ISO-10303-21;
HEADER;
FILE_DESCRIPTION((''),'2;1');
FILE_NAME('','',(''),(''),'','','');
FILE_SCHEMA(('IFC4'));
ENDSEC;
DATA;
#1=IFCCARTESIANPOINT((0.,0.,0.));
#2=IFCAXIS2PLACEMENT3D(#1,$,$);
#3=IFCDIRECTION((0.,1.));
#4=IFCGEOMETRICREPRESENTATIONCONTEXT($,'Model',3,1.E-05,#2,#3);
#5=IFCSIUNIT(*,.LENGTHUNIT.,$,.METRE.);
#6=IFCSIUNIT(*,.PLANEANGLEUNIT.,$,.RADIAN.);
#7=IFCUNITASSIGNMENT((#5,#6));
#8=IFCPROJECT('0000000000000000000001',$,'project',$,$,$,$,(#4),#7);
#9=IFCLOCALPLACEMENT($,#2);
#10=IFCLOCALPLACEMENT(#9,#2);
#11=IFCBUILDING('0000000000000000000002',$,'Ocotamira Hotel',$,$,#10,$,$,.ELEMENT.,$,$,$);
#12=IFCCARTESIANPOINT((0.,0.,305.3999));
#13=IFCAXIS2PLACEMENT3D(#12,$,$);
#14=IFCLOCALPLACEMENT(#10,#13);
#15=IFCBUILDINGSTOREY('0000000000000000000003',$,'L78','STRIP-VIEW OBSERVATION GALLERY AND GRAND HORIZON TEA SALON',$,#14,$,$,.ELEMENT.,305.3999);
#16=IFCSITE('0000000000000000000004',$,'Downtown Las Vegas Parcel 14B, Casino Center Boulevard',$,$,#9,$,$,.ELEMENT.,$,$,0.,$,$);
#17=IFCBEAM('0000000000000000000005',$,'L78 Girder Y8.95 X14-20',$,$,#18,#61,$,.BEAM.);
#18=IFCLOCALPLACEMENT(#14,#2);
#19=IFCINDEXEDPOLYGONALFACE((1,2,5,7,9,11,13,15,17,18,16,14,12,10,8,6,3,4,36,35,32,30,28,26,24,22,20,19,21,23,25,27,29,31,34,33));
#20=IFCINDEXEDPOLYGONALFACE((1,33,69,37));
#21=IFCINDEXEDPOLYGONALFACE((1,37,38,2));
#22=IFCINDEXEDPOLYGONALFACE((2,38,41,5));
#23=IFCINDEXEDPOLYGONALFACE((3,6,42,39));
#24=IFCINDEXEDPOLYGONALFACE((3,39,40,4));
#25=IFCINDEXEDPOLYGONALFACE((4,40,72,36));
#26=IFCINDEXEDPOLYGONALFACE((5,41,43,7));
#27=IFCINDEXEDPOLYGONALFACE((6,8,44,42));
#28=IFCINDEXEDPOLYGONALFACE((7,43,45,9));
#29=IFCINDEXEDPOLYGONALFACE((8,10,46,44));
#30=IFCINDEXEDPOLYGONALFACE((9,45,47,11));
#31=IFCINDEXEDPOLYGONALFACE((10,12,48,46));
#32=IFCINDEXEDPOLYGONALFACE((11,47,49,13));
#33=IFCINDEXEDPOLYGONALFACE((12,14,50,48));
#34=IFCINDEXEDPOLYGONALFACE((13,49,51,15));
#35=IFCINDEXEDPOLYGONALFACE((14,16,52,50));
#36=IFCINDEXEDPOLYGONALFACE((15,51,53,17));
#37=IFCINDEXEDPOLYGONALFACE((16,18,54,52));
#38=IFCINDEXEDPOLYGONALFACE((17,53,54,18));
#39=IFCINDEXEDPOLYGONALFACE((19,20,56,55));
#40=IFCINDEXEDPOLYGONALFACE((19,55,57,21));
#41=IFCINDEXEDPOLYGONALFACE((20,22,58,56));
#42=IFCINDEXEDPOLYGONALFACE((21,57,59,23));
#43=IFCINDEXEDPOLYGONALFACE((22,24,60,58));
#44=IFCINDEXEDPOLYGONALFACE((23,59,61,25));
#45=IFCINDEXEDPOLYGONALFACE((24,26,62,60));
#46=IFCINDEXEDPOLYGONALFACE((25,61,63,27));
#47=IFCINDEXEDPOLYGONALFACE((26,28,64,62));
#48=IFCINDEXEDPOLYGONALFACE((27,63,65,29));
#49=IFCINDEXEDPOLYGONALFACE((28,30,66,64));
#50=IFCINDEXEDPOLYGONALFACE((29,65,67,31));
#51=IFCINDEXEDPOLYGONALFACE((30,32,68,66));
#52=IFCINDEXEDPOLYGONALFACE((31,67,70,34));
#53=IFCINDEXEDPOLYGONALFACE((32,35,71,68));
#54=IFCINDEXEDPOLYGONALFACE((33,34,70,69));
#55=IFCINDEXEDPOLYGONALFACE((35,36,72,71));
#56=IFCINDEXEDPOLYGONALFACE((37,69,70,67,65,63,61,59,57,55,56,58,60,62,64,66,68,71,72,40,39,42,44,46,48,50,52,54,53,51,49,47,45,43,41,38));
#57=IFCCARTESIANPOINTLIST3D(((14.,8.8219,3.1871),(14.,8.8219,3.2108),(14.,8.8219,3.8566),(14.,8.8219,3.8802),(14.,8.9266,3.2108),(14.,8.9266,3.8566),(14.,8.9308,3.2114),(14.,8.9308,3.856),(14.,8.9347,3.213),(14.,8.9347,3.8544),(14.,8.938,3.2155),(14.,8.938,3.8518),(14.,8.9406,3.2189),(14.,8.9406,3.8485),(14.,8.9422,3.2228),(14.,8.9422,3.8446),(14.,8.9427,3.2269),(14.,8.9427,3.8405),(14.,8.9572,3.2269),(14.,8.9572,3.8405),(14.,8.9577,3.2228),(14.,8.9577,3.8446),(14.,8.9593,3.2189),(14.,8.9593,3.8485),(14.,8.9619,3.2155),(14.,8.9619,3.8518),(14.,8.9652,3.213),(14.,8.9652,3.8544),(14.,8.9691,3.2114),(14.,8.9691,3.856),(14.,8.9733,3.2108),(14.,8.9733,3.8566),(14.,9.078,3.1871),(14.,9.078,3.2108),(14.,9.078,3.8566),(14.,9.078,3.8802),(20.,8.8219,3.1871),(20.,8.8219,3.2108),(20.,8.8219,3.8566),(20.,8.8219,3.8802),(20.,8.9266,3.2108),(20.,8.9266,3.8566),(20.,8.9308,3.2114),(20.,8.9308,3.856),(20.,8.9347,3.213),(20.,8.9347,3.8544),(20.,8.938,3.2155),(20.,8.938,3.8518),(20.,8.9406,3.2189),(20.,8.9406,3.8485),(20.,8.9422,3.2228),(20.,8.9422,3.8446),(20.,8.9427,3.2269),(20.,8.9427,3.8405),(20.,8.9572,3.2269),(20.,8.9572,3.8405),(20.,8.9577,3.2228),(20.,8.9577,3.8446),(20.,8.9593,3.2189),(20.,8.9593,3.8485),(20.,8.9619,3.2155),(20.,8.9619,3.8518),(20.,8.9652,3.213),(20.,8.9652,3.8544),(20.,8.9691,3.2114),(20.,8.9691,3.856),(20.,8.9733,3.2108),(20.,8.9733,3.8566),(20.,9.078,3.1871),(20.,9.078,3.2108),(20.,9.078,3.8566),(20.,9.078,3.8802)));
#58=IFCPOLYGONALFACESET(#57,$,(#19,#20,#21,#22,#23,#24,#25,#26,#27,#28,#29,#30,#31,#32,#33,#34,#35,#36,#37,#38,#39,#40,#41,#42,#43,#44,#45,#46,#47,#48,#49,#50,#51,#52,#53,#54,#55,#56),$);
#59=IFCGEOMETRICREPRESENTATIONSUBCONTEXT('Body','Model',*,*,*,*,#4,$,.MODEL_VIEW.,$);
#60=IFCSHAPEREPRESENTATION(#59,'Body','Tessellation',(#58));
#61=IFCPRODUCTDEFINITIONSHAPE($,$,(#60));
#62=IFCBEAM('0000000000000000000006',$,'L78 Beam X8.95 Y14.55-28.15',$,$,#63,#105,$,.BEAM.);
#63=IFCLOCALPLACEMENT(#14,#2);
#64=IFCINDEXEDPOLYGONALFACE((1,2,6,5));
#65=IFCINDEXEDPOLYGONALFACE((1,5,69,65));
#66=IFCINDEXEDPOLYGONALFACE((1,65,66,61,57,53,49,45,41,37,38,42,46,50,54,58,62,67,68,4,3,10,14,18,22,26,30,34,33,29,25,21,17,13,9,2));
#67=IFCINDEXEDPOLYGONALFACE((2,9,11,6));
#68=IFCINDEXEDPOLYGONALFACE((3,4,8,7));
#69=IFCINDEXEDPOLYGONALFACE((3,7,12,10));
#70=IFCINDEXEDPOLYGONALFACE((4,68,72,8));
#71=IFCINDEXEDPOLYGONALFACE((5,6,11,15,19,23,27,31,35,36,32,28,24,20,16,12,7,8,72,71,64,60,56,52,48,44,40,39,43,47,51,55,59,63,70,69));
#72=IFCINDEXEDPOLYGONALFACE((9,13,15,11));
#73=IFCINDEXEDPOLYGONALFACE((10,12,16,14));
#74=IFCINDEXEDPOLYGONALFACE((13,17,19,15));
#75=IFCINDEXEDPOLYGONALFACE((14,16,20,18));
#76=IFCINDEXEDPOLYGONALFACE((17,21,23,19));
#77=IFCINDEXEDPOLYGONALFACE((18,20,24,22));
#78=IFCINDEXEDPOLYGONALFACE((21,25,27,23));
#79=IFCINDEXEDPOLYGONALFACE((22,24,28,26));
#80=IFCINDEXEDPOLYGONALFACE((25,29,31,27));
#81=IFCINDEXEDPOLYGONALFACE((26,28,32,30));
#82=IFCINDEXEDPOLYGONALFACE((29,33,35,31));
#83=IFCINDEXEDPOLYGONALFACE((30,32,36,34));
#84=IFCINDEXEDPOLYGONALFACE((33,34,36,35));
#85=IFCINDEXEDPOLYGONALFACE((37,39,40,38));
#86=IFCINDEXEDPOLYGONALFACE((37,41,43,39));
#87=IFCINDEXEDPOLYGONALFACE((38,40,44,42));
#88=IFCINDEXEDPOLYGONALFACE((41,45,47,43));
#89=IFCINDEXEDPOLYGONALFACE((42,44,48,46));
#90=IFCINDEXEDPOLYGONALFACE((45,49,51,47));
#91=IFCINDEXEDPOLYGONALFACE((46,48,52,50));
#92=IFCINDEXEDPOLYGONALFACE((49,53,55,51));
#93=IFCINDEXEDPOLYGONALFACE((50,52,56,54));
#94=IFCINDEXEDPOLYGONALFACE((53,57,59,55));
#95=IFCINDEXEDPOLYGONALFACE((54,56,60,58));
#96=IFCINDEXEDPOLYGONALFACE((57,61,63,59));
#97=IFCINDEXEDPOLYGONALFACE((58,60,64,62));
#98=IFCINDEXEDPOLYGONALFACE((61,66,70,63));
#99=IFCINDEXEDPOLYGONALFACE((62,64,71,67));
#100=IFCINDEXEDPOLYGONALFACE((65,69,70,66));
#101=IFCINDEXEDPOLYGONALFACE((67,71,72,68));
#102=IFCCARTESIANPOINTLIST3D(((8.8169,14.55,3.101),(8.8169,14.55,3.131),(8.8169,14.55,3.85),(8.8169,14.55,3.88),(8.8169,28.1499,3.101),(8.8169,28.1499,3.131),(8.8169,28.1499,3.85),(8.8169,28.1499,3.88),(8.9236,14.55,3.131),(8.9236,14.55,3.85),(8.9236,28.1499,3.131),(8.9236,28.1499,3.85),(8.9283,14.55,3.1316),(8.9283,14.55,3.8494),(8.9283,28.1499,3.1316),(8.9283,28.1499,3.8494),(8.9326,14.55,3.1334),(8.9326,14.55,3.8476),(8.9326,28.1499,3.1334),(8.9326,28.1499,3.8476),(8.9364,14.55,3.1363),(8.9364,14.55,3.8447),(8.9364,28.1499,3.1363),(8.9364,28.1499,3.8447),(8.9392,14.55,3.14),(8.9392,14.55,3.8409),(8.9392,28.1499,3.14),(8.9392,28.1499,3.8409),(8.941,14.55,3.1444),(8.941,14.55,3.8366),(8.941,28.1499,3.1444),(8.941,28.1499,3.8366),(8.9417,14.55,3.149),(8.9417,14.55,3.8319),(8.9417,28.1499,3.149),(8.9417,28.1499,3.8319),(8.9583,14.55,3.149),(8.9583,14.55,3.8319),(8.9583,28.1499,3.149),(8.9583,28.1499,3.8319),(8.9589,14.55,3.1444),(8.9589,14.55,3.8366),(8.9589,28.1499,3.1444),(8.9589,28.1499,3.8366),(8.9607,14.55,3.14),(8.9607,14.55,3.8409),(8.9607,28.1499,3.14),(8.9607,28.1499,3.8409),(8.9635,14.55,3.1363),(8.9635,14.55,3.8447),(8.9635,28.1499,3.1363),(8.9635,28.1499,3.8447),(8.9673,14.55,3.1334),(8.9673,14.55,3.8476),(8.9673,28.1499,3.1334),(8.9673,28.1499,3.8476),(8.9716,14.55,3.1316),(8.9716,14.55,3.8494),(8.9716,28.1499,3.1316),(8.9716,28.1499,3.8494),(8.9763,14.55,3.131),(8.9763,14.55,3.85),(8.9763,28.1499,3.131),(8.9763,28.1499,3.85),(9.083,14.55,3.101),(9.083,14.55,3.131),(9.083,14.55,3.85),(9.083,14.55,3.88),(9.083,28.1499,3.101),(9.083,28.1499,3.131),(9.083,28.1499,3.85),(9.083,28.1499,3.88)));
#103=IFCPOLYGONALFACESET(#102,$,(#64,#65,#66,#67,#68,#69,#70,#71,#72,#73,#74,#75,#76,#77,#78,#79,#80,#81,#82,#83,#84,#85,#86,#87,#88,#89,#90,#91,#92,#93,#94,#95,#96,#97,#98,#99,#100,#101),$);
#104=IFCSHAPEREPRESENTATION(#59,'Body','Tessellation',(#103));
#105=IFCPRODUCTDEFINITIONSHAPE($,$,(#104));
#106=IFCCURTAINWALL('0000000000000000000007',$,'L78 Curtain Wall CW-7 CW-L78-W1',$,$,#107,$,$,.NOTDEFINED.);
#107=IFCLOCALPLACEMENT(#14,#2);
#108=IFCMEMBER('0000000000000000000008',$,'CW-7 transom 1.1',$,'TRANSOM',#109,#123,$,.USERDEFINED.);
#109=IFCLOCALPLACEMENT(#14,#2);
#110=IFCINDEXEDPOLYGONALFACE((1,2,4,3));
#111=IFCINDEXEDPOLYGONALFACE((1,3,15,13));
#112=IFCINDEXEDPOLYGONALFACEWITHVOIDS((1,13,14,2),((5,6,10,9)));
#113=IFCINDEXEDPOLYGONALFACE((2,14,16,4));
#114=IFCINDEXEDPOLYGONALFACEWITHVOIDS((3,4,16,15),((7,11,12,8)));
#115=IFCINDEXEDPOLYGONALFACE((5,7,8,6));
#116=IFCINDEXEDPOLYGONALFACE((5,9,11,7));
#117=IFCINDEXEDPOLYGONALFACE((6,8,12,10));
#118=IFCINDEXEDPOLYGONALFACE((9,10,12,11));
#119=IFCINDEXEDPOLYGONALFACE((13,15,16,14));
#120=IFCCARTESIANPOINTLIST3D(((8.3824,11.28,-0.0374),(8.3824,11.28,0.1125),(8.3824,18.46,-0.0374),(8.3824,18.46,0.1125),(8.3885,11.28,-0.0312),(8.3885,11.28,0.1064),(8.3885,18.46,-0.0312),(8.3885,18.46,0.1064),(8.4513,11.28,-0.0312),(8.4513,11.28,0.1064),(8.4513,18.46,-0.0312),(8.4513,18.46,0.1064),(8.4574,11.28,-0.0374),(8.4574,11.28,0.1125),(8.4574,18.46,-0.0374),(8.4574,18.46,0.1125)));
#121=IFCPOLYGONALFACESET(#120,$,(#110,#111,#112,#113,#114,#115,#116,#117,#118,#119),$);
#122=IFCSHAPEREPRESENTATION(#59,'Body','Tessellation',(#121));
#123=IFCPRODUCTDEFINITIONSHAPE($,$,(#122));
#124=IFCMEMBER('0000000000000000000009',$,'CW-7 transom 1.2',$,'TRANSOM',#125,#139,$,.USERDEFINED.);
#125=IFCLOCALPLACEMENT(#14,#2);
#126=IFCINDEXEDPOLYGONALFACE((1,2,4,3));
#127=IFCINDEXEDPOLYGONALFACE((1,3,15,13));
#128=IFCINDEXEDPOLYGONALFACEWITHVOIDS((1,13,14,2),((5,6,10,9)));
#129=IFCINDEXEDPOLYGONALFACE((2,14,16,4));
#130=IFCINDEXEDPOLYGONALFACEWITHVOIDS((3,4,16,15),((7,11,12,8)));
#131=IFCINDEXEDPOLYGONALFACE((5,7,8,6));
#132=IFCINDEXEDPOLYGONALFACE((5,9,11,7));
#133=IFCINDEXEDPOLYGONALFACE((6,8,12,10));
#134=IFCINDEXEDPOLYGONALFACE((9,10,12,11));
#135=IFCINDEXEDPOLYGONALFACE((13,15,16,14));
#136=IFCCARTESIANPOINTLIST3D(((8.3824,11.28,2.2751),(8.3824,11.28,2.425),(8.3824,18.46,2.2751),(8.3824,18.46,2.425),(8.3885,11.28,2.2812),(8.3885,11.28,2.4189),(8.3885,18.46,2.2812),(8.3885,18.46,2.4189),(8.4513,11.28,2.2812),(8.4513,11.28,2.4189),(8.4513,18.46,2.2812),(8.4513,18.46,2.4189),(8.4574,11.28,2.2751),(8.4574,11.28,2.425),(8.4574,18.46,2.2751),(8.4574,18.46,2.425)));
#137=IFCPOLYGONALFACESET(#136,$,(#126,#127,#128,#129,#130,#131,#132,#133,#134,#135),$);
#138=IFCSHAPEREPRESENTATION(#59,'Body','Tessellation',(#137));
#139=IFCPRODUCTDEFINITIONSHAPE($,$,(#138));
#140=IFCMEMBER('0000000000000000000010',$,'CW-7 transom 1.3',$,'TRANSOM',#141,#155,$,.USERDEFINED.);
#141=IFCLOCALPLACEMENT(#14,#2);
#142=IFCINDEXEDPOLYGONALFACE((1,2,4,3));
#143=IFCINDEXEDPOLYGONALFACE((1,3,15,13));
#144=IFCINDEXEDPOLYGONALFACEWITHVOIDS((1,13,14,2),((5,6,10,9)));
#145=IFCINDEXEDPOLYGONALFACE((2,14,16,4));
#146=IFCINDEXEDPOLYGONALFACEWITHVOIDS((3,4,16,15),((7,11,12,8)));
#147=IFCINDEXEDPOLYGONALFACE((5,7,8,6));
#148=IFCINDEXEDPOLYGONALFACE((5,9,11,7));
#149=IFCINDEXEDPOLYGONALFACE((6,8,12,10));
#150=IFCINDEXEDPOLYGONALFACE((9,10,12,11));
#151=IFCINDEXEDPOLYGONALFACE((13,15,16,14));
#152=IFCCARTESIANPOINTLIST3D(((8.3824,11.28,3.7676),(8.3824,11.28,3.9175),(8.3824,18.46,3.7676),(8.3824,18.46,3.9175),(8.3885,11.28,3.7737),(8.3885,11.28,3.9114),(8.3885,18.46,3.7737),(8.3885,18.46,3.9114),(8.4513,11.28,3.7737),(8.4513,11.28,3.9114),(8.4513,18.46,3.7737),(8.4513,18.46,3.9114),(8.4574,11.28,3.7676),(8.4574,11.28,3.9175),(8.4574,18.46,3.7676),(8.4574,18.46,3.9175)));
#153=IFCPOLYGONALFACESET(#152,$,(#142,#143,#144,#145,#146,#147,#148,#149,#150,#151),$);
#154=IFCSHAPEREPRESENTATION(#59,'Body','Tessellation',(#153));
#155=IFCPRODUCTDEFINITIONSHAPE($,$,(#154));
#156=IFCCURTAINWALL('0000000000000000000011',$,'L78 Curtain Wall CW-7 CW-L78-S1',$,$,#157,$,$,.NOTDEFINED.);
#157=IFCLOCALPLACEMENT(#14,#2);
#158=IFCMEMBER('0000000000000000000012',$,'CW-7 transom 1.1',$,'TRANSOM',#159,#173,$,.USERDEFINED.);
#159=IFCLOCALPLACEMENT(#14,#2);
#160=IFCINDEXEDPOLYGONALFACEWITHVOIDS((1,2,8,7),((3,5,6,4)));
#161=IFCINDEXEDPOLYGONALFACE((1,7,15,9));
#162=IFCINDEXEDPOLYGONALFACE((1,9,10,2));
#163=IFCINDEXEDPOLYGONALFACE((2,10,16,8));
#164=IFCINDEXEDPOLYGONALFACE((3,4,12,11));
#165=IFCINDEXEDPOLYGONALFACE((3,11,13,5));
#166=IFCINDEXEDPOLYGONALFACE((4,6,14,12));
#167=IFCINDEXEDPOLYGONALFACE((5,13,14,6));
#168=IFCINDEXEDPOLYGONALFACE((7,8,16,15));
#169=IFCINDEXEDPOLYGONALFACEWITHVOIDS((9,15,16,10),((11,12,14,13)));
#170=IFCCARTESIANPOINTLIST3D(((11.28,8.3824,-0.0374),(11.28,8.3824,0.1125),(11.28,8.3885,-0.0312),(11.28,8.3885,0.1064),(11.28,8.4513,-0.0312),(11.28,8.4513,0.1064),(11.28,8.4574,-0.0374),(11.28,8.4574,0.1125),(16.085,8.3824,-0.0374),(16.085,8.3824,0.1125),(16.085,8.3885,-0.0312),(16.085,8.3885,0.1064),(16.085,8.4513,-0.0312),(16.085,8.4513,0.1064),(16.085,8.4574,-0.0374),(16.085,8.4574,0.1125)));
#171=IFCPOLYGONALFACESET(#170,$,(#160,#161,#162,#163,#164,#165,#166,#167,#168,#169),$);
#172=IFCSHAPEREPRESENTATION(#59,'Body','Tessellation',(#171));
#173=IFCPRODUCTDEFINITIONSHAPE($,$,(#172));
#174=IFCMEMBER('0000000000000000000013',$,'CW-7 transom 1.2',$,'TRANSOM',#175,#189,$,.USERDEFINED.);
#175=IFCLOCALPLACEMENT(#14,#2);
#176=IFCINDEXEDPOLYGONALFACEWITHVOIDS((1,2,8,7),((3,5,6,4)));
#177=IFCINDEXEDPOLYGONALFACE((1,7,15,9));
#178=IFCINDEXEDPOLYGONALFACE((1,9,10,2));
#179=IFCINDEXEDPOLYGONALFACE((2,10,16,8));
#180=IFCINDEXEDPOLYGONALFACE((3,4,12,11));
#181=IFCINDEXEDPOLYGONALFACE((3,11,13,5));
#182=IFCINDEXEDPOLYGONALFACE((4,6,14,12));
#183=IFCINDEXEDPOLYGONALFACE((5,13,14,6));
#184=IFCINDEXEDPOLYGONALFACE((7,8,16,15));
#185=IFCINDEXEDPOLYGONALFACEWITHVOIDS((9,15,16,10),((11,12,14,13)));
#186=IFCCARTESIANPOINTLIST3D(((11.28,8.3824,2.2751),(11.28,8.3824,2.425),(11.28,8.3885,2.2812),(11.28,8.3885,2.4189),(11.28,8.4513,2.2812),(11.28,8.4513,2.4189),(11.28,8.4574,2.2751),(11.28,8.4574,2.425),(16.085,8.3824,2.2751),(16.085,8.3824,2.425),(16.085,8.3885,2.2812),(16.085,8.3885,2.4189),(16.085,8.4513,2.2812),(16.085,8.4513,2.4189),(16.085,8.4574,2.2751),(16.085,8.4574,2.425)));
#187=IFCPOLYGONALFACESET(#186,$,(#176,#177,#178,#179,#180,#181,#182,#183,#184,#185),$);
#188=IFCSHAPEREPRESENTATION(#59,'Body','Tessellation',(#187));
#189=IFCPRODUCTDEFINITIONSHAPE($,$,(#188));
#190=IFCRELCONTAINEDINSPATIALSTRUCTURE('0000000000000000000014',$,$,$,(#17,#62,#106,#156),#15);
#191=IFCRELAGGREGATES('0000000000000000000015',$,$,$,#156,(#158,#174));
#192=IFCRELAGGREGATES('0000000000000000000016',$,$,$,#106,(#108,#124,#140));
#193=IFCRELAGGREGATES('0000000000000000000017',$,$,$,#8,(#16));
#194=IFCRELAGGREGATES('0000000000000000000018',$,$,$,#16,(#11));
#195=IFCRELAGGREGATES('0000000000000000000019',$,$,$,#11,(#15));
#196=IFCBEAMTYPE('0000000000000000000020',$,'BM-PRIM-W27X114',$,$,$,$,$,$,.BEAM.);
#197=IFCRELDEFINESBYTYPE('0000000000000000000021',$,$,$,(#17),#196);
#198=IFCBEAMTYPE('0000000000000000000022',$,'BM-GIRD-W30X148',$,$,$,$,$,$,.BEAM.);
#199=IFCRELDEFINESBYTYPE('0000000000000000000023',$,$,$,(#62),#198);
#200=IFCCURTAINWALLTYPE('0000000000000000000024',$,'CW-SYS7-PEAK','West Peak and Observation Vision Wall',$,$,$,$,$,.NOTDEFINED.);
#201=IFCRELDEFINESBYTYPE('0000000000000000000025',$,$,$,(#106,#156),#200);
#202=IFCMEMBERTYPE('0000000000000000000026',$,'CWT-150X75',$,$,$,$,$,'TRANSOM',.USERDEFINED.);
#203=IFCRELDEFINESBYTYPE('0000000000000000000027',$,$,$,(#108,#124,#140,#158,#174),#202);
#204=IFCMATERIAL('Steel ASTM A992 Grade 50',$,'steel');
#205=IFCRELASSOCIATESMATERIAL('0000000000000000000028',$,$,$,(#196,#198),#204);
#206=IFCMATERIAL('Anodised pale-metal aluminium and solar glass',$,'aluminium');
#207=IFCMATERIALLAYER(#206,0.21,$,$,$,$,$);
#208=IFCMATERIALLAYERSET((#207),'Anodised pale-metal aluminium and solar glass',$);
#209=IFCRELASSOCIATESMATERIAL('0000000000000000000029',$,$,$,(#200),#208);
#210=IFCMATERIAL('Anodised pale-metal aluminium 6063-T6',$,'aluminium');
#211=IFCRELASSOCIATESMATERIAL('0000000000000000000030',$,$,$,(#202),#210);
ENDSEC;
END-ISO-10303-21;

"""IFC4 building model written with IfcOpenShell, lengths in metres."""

from ifc_helpers import new_model, si_unit, direction, frame, origin, origin_2d, place, context, subcontext, project, spatial, hollow_rectangle, i_section, extrude, source, transform, mapped, material, layer, layer_set, material_profile, profile_set, type_object, element, aggregate, save


model = new_model("IFC4")

# Units and contexts
model_context = context("Model", 3, precision=1e-05, world=origin(), true_north=direction((0.0, 1.0)))
body_context = subcontext(model_context, "Body", "Model", "MODEL_VIEW")
ifc_project = project(units=[si_unit("LENGTHUNIT", "METRE"), si_unit("PLANEANGLEUNIT", "RADIAN")], contexts=[model_context])

# Site, building, storey
site_placement = place(None, origin())
site = spatial("IfcSite", under=ifc_project, at=site_placement, Name="Downtown Las Vegas Parcel 14B, Casino Center Boulevard", CompositionType="ELEMENT", RefElevation=0.0)
building_placement = place(site_placement, origin())
building = spatial("IfcBuilding", under=site, at=building_placement, Name="Ocotamira Hotel", CompositionType="ELEMENT")
storey_placement = place(building_placement, frame((0.0, 0.0, 305.3999)))
storey = spatial("IfcBuildingStorey", under=building, at=storey_placement, Name="L78", Description="STRIP-VIEW OBSERVATION GALLERY AND GRAND HORIZON TEA SALON", CompositionType="ELEMENT", Elevation=305.3999)

# Shared definitions
ifc_material_1 = material(Name="Steel ASTM A992 Grade 50", Category="steel")

# Beams
ifc_material_profile_1 = material_profile(ifc_material_1, i_section(OverallWidth=0.2561, OverallDepth=0.6931, WebThickness=0.0144, FlangeThickness=0.0237, FilletRadius=0.0161, at=origin_2d()), Name="W27X114")
ifc_profile_set_1 = profile_set([ifc_material_profile_1], Name="Steel ASTM A992 Grade 50")
beam_type_1 = type_object("IfcBeamType", Name="BM-PRIM-W27X114", PredefinedType="BEAM", material=ifc_profile_set_1)
shared_shape_1 = source(origin(), body_context, "Body", "SweptSolid", [
    extrude(i_section(OverallWidth=0.2561, OverallDepth=0.6931, WebThickness=0.0144, FlangeThickness=0.0237, FilletRadius=0.0161, at=origin_2d()), origin(), (0.0, 0.0, 1.0), 6.0),
])
beam_1_placement = place(storey_placement, frame((14.0, 8.95, 3.5337), z_axis=(1.0, 0.0, 0.0), x_axis=(0.0, 1.0, 0.0)))
element("IfcBeam", 1, at=beam_1_placement, inside=storey, type_object=beam_type_1, Name="L78 Girder Y8.95 X14-20", PredefinedType="BEAM", context=body_context, shape_type="MappedRepresentation", body=[
    mapped(shared_shape_1, transform((0.0, 0.0, 0.0), scale=1.0)),
])
ifc_material_profile_2 = material_profile(ifc_material_1, i_section(OverallWidth=0.2661, OverallDepth=0.7791, WebThickness=0.0166, FlangeThickness=0.03, FilletRadius=0.0181, at=origin_2d()), Name="W30X148")
ifc_profile_set_2 = profile_set([ifc_material_profile_2], Name="Steel ASTM A992 Grade 50")
beam_type_2 = type_object("IfcBeamType", Name="BM-GIRD-W30X148", PredefinedType="BEAM", material=ifc_profile_set_2)
shared_shape_2 = source(origin(), body_context, "Body", "SweptSolid", [
    extrude(i_section(OverallWidth=0.2661, OverallDepth=0.7791, WebThickness=0.0166, FlangeThickness=0.03, FilletRadius=0.0181, at=origin_2d()), origin(), (0.0, 0.0, 1.0), 13.5999),
])
beam_2_placement = place(storey_placement, frame((8.95, 14.55, 3.4905), z_axis=(0.0, 1.0, 0.0), x_axis=(-1.0, 0.0, 0.0)))
element("IfcBeam", 2, at=beam_2_placement, inside=storey, type_object=beam_type_2, Name="L78 Beam X8.95 Y14.55-28.15", PredefinedType="BEAM", context=body_context, shape_type="MappedRepresentation", body=[
    mapped(shared_shape_2, transform((0.0, 0.0, 0.0), scale=1.0)),
])

# Curtain walls, members
ifc_material_2 = material(Name="Anodised pale-metal aluminium and solar glass", Category="aluminium")
ifc_layer_1 = layer(ifc_material_2, 0.21)
ifc_layer_set_1 = layer_set([ifc_layer_1], Name="Anodised pale-metal aluminium and solar glass")
curtain_wall_type = type_object("IfcCurtainWallType", Name="CW-SYS7-PEAK", Description="West Peak and Observation Vision Wall", PredefinedType="NOTDEFINED", material=ifc_layer_set_1)
curtain_wall_1_placement = place(storey_placement, origin())
curtain_wall_1 = element("IfcCurtainWall", 3, at=curtain_wall_1_placement, inside=storey, type_object=curtain_wall_type, Name="L78 Curtain Wall CW-7 CW-L78-W1", PredefinedType="NOTDEFINED")
ifc_material_3 = material(Name="Anodised pale-metal aluminium 6063-T6", Category="aluminium")
ifc_material_profile_3 = material_profile(ifc_material_3, hollow_rectangle(XDim=0.075, YDim=0.1499, WallThickness=0.0061, at=origin_2d()), Name="HSS150X75X6")
ifc_profile_set_3 = profile_set([ifc_material_profile_3], Name="Anodised pale-metal aluminium 6063-T6")
member_type_1 = type_object("IfcMemberType", Name="CWT-150X75", ElementType="TRANSOM", PredefinedType="USERDEFINED", material=ifc_profile_set_3)
shared_shape_3 = source(origin(), body_context, "Body", "SweptSolid", [
    extrude(hollow_rectangle(XDim=0.075, YDim=0.1499, WallThickness=0.0061, at=origin_2d()), origin(), (0.0, 0.0, 1.0), 7.1799),
])
member_1_placement = place(storey_placement, frame((8.4199, 11.28, 0.0376), z_axis=(0.0, 1.0, 0.0), x_axis=(-1.0, 0.0, 0.0)))
member_1 = element("IfcMember", 4, at=member_1_placement, type_object=member_type_1, Name="CW-7 transom 1.1", ObjectType="TRANSOM", PredefinedType="USERDEFINED", context=body_context, shape_type="MappedRepresentation", body=[
    mapped(shared_shape_3, transform((0.0, 0.0, 0.0), scale=1.0)),
])
member_2_placement = place(storey_placement, frame((8.4199, 11.28, 2.3501), z_axis=(0.0, 1.0, 0.0), x_axis=(-1.0, 0.0, 0.0)))
member_2 = element("IfcMember", 5, at=member_2_placement, type_object=member_type_1, Name="CW-7 transom 1.2", ObjectType="TRANSOM", PredefinedType="USERDEFINED", context=body_context, shape_type="MappedRepresentation", body=[
    mapped(shared_shape_3, transform((0.0, 0.0, 0.0), scale=1.0)),
])
member_3_placement = place(storey_placement, frame((8.4199, 11.28, 3.8425), z_axis=(0.0, 1.0, 0.0), x_axis=(-1.0, 0.0, 0.0)))
member_3 = element("IfcMember", 6, at=member_3_placement, type_object=member_type_1, Name="CW-7 transom 1.3", ObjectType="TRANSOM", PredefinedType="USERDEFINED", context=body_context, shape_type="MappedRepresentation", body=[
    mapped(shared_shape_3, transform((0.0, 0.0, 0.0), scale=1.0)),
])
curtain_wall_2_placement = place(storey_placement, origin())
curtain_wall_2 = element("IfcCurtainWall", 7, at=curtain_wall_2_placement, inside=storey, type_object=curtain_wall_type, Name="L78 Curtain Wall CW-7 CW-L78-S1", PredefinedType="NOTDEFINED")
shared_shape_4 = source(origin(), body_context, "Body", "SweptSolid", [
    extrude(hollow_rectangle(XDim=0.075, YDim=0.1499, WallThickness=0.0061, at=origin_2d()), origin(), (0.0, 0.0, 1.0), 4.8049),
])
member_4_placement = place(storey_placement, frame((11.28, 8.4199, 0.0376), z_axis=(1.0, 0.0, 0.0), x_axis=(0.0, 1.0, 0.0)))
member_4 = element("IfcMember", 8, at=member_4_placement, type_object=member_type_1, Name="CW-7 transom 1.1", ObjectType="TRANSOM", PredefinedType="USERDEFINED", context=body_context, shape_type="MappedRepresentation", body=[
    mapped(shared_shape_4, transform((0.0, 0.0, 0.0), scale=1.0)),
])
member_5_placement = place(storey_placement, frame((11.28, 8.4199, 2.3501), z_axis=(1.0, 0.0, 0.0), x_axis=(0.0, 1.0, 0.0)))
member_5 = element("IfcMember", 9, at=member_5_placement, type_object=member_type_1, Name="CW-7 transom 1.2", ObjectType="TRANSOM", PredefinedType="USERDEFINED", context=body_context, shape_type="MappedRepresentation", body=[
    mapped(shared_shape_4, transform((0.0, 0.0, 0.0), scale=1.0)),
])

aggregate(curtain_wall_2, [member_4, member_5])
aggregate(curtain_wall_1, [member_1, member_2, member_3])

save(model, "model.ifc")
